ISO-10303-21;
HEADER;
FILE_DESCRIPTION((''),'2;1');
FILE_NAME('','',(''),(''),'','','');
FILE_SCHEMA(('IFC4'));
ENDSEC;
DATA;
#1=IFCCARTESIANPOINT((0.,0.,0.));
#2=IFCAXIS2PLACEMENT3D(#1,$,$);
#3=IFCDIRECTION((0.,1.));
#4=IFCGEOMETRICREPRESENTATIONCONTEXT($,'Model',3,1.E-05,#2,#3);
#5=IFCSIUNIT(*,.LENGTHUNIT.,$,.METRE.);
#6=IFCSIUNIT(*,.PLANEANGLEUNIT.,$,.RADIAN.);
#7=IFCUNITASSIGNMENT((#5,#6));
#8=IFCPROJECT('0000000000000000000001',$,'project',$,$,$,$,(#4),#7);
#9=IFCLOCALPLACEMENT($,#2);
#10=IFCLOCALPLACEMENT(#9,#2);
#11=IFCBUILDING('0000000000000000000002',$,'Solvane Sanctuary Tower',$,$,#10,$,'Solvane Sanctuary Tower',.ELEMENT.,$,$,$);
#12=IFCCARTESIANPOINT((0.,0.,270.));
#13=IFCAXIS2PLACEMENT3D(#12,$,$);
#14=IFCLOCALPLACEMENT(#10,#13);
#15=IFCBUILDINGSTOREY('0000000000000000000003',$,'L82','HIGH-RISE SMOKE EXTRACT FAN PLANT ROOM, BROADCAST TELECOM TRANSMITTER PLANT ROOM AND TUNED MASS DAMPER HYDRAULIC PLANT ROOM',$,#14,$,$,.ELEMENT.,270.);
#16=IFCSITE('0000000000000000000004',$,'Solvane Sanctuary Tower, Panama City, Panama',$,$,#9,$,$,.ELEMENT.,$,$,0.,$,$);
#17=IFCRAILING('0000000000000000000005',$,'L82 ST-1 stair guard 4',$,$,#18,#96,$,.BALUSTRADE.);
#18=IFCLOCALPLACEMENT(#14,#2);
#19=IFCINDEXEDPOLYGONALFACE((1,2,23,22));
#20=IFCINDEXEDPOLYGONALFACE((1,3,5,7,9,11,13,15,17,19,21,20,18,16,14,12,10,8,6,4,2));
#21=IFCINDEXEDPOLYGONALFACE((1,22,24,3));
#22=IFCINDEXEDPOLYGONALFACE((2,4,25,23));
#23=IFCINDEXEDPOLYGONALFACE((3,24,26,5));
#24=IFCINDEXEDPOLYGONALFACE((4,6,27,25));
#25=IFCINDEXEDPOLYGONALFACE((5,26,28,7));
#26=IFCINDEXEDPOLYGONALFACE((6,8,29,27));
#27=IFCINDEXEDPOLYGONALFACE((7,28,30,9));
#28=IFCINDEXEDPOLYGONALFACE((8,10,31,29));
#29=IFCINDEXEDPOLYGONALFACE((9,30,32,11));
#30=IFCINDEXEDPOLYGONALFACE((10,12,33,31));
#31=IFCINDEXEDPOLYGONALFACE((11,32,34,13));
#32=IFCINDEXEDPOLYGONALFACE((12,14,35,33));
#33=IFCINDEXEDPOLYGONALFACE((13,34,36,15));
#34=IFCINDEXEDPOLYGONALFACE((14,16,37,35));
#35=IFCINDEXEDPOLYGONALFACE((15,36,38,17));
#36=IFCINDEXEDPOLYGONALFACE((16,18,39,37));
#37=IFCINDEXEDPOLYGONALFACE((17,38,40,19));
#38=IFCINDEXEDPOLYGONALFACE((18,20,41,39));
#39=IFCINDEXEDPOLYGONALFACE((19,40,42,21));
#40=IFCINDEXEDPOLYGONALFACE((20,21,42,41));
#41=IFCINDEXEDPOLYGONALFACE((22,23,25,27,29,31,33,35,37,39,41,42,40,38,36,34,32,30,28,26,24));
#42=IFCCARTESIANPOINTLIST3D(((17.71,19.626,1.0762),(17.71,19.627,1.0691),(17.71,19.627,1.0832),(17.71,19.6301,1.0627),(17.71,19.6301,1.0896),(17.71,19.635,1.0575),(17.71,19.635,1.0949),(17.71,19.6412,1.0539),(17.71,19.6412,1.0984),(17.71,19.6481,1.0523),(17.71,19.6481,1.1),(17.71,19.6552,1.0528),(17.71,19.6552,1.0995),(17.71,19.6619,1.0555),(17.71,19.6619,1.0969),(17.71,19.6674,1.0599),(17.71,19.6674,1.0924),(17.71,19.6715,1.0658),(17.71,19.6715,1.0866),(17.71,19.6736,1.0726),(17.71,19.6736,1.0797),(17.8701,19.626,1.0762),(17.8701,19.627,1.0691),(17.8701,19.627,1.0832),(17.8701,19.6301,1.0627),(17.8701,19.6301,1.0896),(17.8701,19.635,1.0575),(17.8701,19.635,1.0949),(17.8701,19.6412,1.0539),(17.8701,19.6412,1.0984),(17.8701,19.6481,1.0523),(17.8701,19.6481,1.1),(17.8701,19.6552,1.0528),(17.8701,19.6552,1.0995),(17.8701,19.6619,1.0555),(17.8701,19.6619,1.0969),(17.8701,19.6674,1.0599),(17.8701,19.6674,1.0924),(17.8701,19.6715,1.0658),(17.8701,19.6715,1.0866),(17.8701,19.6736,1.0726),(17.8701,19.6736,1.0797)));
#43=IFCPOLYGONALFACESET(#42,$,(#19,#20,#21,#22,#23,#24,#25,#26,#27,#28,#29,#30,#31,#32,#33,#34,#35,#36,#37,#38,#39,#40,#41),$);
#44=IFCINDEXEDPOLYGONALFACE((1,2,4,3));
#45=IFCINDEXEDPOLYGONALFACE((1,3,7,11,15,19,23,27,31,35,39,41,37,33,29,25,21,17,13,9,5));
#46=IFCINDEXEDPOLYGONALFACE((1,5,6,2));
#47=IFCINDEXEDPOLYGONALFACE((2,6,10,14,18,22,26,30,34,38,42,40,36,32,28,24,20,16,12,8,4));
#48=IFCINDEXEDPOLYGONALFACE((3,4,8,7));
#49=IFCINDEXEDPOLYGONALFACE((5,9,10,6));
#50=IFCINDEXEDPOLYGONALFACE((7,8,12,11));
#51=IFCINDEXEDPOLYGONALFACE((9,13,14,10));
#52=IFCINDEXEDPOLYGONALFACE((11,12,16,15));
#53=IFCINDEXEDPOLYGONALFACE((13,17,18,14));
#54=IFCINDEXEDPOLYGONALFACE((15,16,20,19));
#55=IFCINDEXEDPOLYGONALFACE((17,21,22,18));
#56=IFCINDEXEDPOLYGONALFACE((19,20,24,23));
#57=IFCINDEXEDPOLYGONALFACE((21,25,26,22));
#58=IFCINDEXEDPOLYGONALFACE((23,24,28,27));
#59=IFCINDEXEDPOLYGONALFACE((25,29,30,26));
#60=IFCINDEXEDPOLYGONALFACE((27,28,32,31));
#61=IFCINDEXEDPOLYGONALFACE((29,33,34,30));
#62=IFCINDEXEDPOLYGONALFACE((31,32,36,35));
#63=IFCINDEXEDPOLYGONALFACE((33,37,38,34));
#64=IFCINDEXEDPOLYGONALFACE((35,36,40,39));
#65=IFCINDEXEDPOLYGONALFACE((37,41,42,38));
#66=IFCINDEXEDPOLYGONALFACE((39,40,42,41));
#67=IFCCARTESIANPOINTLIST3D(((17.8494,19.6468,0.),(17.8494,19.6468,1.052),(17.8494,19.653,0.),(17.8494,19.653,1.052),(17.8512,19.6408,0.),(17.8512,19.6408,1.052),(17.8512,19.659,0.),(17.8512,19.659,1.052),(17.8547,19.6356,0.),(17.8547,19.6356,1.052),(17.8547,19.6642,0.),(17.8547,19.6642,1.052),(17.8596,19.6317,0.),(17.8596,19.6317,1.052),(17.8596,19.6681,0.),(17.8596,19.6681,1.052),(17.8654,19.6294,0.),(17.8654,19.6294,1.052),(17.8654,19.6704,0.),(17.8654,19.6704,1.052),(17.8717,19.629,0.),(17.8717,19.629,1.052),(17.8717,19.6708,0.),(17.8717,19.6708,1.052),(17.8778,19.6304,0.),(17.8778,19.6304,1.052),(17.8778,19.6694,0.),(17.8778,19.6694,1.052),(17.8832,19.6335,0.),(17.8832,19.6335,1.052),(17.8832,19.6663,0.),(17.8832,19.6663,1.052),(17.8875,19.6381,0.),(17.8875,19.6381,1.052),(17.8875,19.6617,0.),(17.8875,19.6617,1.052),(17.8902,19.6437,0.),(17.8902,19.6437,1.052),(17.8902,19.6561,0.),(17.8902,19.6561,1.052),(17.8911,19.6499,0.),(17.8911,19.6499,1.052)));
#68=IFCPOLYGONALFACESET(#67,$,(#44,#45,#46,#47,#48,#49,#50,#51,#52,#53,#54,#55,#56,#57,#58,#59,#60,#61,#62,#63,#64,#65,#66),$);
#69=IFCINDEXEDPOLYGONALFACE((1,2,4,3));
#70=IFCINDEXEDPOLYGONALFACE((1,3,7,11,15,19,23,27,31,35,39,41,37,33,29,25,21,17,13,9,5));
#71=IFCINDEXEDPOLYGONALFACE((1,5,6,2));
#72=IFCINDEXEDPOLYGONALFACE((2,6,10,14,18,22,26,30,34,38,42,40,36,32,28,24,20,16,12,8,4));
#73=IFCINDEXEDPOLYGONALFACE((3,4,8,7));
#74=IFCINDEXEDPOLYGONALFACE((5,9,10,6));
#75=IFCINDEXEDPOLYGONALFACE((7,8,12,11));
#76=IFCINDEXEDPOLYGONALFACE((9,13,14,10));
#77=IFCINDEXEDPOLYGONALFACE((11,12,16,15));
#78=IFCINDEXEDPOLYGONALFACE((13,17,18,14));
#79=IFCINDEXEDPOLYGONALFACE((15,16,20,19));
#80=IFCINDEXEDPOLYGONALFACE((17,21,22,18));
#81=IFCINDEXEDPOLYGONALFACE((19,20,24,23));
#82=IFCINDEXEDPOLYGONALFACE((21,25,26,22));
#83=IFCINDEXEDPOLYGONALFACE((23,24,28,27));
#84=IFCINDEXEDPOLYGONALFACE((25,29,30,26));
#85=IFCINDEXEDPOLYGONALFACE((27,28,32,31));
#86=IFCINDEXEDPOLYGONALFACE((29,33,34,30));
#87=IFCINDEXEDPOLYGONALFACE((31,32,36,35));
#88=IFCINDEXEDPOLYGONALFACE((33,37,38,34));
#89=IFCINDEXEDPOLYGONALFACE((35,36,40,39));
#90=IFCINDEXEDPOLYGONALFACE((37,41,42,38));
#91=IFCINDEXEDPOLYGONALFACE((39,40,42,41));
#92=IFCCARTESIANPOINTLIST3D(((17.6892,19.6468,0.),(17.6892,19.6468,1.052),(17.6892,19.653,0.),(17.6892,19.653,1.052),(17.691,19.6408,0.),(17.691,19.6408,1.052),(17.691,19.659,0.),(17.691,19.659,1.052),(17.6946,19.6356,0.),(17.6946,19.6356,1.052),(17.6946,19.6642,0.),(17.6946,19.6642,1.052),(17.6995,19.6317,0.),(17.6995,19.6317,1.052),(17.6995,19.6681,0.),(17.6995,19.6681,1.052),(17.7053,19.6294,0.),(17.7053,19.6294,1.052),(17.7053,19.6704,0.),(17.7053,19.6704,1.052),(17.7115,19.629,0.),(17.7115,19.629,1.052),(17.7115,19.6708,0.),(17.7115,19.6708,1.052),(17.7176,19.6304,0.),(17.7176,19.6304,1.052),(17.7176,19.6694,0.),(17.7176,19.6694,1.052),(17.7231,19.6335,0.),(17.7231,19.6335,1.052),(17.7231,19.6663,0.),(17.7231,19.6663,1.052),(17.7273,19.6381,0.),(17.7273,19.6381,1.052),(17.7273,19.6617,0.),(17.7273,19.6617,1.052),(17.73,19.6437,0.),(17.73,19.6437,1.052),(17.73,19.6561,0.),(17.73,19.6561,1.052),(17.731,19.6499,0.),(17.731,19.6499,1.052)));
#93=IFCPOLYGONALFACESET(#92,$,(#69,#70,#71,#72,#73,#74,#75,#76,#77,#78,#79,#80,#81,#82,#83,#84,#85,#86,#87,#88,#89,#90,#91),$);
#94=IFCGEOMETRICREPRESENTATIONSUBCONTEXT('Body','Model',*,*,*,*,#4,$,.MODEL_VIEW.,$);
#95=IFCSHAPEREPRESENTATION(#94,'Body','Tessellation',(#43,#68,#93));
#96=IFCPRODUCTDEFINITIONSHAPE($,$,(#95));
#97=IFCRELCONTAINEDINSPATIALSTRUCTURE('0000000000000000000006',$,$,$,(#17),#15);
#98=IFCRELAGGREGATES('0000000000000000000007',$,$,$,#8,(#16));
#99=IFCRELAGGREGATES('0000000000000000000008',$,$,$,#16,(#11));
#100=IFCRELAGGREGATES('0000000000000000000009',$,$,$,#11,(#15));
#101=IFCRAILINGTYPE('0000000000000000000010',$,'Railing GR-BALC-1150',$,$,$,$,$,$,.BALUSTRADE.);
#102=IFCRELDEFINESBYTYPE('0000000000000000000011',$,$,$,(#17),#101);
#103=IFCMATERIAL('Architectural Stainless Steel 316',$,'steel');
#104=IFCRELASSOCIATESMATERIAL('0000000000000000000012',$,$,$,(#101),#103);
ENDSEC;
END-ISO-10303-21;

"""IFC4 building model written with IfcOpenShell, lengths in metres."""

from ifc_helpers import new_model, si_unit, direction, frame, origin, origin_2d, place, context, subcontext, project, spatial, circle, extrude, material, type_object, element, save


model = new_model("IFC4")

# Units and contexts
model_context = context("Model", 3, precision=1e-05, world=origin(), true_north=direction((0.0, 1.0)))
body_context = subcontext(model_context, "Body", "Model", "MODEL_VIEW")
ifc_project = project(units=[si_unit("LENGTHUNIT", "METRE"), si_unit("PLANEANGLEUNIT", "RADIAN")], contexts=[model_context])

# Site, building, storey
site_placement = place(None, origin())
site = spatial("IfcSite", under=ifc_project, at=site_placement, Name="Solvane Sanctuary Tower, Panama City, Panama", CompositionType="ELEMENT", RefElevation=0.0)
building_placement = place(site_placement, origin())
building = spatial("IfcBuilding", under=site, at=building_placement, Name="Solvane Sanctuary Tower", LongName="Solvane Sanctuary Tower", CompositionType="ELEMENT")
storey_placement = place(building_placement, frame((0.0, 0.0, 270.0)))
storey = spatial("IfcBuildingStorey", under=building, at=storey_placement, Name="L82", Description="HIGH-RISE SMOKE EXTRACT FAN PLANT ROOM, BROADCAST TELECOM TRANSMITTER PLANT ROOM AND TUNED MASS DAMPER HYDRAULIC PLANT ROOM", CompositionType="ELEMENT", Elevation=270.0)

# Shared definitions
ifc_material_1 = material(Name="Architectural Stainless Steel 316", Category="steel")

# Railing
railing_type_1 = type_object("IfcRailingType", Name="Railing GR-BALC-1150", PredefinedType="BALUSTRADE", material=ifc_material_1)
railing_1_placement = place(storey_placement, frame((17.8701, 19.6499, 0.0)))
element("IfcRailing", 1, at=railing_1_placement, inside=storey, type_object=railing_type_1, Name="L82 ST-1 stair guard 4", PredefinedType="BALUSTRADE", context=body_context, shape_type="SweptSolid", body=[
    extrude(circle(Radius=0.0239, at=origin_2d()), frame((0.0, 0.0, 1.0762), z_axis=(-1.0, 0.0, 0.0), x_axis=(0.0, -1.0, 0.0)), (0.0, 0.0, 1.0), 0.1602),
    extrude(circle(Radius=0.021, at=origin_2d()), origin(), (0.0, 0.0, 1.0), 1.052),
    extrude(circle(Radius=0.021, at=origin_2d()), frame((-0.1602, 0.0, 0.0)), (0.0, 0.0, 1.0), 1.052),
])

save(model, "model.ifc")
